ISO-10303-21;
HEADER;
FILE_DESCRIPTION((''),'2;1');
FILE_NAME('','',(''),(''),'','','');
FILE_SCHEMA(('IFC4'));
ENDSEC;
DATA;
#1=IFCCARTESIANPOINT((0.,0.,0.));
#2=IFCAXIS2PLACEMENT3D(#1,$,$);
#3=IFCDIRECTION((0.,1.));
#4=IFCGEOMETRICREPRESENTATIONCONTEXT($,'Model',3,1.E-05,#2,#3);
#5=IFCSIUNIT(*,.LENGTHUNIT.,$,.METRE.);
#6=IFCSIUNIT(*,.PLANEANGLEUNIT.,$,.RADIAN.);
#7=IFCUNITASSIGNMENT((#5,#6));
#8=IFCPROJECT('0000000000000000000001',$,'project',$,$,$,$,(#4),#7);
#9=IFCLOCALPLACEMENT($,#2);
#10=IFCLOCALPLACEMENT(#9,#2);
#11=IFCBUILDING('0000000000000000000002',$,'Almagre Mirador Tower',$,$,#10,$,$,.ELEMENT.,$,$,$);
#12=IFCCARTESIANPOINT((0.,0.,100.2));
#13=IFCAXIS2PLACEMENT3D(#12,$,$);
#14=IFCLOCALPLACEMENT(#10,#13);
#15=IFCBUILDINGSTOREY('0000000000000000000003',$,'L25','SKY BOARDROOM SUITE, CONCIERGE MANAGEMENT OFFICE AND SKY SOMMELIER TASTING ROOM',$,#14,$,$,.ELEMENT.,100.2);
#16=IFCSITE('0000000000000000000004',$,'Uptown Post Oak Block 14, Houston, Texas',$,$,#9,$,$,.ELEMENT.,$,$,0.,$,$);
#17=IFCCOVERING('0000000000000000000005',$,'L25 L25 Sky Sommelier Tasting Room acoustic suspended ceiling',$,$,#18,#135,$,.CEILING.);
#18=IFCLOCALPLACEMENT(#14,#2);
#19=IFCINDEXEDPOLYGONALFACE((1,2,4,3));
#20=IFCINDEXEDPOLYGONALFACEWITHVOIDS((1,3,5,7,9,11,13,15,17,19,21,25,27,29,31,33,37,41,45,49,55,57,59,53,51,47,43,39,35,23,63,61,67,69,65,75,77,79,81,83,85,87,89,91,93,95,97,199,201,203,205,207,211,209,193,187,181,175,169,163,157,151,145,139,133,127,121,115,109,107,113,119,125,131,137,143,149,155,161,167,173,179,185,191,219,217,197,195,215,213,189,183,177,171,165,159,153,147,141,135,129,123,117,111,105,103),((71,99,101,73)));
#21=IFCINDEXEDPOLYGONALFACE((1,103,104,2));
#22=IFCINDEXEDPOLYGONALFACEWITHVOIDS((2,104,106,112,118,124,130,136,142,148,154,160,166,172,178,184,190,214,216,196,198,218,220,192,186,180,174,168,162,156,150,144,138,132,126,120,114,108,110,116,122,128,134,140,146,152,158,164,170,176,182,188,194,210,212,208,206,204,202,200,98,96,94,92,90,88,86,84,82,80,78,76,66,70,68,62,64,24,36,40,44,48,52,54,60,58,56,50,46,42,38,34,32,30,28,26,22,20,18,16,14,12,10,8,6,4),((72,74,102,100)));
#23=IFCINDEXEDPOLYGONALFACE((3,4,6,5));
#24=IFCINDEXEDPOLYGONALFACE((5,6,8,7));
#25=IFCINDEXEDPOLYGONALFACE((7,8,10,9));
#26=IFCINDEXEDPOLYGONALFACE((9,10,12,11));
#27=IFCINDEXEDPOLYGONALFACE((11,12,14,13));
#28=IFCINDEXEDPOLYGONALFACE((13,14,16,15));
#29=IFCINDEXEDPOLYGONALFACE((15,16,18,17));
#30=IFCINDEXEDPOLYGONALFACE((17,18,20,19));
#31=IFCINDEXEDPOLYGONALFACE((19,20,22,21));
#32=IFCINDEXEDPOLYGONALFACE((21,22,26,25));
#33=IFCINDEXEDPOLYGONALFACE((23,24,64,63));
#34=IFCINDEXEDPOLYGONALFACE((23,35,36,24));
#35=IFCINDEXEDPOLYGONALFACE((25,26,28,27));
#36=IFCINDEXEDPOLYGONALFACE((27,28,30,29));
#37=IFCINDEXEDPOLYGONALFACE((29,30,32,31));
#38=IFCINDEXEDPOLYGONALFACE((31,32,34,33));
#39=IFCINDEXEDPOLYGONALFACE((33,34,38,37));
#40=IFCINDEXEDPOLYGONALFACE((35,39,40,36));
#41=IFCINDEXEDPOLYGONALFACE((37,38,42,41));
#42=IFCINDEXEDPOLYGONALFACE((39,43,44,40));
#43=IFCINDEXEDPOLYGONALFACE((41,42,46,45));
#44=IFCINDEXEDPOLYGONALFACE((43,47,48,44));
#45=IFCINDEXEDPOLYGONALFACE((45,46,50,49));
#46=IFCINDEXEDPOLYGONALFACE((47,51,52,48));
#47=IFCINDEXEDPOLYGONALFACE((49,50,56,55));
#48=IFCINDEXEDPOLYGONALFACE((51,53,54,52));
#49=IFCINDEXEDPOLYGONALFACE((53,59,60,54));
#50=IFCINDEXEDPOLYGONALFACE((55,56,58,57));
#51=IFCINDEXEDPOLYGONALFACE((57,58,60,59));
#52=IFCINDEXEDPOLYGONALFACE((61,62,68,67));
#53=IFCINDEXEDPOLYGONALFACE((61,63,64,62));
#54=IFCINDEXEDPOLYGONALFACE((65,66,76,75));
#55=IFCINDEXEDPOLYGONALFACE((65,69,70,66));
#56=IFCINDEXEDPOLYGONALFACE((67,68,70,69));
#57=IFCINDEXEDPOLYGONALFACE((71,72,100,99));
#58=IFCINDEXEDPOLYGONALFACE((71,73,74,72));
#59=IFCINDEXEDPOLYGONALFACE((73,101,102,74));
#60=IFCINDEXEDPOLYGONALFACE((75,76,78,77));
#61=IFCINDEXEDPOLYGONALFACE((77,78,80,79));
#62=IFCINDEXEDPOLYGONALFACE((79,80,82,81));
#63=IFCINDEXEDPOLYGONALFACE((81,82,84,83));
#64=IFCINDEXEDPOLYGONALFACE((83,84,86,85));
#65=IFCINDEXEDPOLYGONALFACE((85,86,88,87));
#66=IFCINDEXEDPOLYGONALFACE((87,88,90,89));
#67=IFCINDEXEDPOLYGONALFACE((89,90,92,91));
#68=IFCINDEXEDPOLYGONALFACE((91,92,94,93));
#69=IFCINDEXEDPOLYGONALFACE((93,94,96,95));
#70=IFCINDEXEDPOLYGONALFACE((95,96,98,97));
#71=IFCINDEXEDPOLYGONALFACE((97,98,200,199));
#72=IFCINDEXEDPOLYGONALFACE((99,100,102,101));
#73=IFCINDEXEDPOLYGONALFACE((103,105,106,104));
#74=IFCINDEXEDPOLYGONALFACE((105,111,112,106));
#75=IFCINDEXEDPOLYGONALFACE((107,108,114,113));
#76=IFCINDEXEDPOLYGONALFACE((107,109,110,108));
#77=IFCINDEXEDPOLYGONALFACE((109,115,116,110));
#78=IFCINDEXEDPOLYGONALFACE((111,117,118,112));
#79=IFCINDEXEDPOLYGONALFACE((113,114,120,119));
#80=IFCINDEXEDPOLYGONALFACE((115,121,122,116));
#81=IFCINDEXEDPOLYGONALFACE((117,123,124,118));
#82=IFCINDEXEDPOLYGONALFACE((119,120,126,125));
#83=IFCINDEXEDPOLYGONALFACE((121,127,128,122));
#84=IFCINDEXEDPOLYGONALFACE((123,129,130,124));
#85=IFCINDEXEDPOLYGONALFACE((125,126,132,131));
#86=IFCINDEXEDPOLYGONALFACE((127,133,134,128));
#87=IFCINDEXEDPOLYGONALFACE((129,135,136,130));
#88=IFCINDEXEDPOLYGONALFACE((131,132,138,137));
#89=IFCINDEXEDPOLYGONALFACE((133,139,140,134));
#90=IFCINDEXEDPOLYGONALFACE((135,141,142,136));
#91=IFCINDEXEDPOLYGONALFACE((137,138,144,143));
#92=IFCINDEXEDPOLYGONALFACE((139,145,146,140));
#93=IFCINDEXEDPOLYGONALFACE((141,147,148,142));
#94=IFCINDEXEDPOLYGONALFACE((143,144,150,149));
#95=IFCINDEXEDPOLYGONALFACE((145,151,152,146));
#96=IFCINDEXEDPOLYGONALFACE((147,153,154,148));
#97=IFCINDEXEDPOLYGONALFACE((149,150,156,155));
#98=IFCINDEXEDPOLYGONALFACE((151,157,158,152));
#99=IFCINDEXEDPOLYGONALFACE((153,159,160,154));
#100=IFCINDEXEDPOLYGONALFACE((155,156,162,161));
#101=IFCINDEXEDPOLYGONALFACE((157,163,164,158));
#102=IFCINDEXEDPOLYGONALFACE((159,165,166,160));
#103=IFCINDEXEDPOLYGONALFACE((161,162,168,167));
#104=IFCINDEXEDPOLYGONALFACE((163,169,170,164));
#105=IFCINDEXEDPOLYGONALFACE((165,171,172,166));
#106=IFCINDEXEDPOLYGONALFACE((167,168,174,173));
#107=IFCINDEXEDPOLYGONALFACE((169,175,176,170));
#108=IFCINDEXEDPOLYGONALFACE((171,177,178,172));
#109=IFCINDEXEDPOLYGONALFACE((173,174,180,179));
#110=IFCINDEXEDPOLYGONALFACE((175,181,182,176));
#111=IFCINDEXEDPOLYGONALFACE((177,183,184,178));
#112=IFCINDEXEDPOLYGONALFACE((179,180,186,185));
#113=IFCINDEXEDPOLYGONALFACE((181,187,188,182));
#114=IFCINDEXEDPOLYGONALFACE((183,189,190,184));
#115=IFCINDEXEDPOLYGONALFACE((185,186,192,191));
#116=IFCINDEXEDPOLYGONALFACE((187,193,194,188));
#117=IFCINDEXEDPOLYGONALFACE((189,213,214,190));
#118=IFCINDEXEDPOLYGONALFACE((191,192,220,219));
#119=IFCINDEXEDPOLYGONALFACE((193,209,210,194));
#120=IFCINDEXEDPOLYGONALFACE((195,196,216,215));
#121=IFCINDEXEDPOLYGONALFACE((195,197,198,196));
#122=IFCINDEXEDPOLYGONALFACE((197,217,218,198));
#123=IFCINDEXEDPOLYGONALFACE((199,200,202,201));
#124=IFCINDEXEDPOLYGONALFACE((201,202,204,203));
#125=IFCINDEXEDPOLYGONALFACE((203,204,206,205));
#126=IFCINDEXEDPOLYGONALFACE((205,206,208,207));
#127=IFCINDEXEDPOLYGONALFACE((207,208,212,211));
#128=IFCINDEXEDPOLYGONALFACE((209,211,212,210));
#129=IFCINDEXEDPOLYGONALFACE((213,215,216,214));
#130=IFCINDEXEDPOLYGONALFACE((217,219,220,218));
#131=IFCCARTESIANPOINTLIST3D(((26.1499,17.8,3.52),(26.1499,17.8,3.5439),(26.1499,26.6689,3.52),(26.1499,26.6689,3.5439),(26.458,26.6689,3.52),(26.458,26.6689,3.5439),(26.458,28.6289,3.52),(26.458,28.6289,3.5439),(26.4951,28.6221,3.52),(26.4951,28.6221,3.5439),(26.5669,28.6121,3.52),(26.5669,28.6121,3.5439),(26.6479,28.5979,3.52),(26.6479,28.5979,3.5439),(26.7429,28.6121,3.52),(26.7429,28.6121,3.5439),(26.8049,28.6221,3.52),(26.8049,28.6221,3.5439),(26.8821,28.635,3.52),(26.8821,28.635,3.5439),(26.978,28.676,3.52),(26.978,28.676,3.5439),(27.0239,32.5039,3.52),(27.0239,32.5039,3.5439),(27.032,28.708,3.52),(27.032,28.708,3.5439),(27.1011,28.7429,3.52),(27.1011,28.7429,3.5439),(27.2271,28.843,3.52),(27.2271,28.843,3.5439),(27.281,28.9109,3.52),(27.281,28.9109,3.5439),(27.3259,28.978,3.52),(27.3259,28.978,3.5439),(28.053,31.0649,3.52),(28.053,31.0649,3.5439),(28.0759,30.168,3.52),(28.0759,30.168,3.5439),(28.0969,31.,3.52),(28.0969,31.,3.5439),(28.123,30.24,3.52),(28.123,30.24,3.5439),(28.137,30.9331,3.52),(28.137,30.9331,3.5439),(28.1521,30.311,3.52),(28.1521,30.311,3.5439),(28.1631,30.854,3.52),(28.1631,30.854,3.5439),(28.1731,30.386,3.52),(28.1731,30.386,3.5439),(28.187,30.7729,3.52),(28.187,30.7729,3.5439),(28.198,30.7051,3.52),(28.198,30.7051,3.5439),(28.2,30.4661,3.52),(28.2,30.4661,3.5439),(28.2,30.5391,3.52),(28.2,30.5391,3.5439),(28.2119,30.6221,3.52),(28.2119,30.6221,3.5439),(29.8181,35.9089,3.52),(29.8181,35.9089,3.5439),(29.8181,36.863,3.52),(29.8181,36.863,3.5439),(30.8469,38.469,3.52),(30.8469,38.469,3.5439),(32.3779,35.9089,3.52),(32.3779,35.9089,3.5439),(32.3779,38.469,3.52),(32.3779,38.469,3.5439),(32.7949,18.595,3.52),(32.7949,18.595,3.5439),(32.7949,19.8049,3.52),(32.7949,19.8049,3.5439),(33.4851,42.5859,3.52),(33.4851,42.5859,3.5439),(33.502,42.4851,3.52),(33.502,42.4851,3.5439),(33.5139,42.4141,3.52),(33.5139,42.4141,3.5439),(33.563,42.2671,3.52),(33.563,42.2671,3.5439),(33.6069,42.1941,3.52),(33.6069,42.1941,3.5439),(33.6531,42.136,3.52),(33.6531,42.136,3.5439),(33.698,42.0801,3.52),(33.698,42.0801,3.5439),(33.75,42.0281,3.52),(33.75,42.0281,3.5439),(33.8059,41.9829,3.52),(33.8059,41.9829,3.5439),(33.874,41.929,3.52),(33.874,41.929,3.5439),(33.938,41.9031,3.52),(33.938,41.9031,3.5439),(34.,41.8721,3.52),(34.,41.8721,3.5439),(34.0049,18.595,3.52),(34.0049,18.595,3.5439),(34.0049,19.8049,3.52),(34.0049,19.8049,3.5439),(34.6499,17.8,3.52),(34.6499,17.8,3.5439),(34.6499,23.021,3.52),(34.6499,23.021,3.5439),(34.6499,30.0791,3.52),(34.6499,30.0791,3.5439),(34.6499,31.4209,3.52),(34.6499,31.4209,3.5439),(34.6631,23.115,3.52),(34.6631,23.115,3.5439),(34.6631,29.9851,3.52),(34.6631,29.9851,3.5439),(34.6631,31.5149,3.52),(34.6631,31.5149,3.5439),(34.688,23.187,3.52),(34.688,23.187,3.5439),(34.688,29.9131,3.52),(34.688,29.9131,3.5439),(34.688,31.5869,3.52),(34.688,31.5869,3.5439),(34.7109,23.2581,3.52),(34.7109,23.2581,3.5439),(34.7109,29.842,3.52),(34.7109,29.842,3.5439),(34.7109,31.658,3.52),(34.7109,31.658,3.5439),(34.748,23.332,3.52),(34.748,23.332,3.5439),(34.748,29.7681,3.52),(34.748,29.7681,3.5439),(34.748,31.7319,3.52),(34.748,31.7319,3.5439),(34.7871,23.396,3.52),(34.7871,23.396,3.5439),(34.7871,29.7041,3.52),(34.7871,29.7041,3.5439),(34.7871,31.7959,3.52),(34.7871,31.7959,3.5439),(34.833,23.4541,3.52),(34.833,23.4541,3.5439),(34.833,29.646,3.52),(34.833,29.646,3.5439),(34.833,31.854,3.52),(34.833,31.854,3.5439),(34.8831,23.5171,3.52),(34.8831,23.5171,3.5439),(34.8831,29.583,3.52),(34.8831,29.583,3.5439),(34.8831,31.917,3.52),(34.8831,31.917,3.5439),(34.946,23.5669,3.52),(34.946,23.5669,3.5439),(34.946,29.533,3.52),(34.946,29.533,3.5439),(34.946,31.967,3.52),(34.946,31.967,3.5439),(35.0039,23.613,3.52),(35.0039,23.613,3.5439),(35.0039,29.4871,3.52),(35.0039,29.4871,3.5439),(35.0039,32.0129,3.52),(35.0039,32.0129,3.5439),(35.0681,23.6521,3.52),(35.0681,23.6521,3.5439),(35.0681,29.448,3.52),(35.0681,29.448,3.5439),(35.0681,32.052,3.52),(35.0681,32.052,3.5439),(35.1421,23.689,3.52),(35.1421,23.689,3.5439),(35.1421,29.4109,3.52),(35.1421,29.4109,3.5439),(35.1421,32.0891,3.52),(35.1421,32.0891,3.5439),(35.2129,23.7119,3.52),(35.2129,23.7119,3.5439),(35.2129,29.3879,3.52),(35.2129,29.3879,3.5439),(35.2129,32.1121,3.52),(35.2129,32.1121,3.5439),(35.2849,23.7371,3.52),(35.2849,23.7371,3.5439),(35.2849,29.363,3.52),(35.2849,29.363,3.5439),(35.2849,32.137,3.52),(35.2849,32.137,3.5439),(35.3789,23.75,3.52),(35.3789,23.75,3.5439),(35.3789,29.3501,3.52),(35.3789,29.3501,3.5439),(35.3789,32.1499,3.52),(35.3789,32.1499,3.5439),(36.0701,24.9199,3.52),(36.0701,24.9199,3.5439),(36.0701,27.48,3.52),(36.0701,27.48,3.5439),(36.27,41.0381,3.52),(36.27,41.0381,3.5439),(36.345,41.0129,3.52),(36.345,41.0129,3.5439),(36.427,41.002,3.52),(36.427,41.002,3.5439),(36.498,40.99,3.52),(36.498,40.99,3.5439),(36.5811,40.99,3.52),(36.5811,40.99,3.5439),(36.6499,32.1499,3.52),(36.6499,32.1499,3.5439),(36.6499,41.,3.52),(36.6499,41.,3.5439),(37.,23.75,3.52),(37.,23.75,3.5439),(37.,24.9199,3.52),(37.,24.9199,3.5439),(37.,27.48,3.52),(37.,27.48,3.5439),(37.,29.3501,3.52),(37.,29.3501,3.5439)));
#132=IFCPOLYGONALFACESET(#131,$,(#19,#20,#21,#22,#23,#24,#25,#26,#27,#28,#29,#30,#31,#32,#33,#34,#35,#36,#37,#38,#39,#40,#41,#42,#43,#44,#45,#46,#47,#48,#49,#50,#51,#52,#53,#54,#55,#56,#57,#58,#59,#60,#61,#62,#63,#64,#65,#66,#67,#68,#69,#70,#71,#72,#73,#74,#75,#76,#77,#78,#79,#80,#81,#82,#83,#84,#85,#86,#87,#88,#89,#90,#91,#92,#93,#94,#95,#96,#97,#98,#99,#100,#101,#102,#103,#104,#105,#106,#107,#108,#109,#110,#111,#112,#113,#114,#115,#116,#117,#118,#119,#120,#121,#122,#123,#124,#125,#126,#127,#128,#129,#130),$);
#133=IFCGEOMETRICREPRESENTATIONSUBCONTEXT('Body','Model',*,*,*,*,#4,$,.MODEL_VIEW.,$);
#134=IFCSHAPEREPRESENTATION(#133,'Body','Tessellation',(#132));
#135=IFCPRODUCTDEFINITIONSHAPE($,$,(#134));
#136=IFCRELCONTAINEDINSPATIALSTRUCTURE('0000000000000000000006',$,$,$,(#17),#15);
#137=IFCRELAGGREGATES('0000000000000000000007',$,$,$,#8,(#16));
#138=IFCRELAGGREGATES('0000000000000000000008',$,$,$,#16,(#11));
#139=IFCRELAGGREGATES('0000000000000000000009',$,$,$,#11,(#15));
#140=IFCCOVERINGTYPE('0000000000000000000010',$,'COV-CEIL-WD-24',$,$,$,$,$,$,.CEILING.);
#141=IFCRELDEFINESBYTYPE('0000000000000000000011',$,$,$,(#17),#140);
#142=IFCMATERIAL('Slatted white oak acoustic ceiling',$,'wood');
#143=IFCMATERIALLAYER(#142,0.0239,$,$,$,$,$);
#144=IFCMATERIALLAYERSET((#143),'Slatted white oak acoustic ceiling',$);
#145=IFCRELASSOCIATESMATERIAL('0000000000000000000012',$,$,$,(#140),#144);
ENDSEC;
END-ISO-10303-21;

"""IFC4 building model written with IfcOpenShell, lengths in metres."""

from ifc_helpers import new_model, si_unit, direction, frame, origin, place, context, subcontext, project, spatial, polyline, outline, extrude, material, layer, layer_set, type_object, element, save


model = new_model("IFC4")

# Units and contexts
model_context = context("Model", 3, precision=1e-05, world=origin(), true_north=direction((0.0, 1.0)))
body_context = subcontext(model_context, "Body", "Model", "MODEL_VIEW")
ifc_project = project(units=[si_unit("LENGTHUNIT", "METRE"), si_unit("PLANEANGLEUNIT", "RADIAN")], contexts=[model_context])

# Site, building, storey
site_placement = place(None, origin())
site = spatial("IfcSite", under=ifc_project, at=site_placement, Name="Uptown Post Oak Block 14, Houston, Texas", CompositionType="ELEMENT", RefElevation=0.0)
building_placement = place(site_placement, origin())
building = spatial("IfcBuilding", under=site, at=building_placement, Name="Almagre Mirador Tower", CompositionType="ELEMENT")
storey_placement = place(building_placement, frame((0.0, 0.0, 100.2)))
storey = spatial("IfcBuildingStorey", under=building, at=storey_placement, Name="L25", Description="SKY BOARDROOM SUITE, CONCIERGE MANAGEMENT OFFICE AND SKY SOMMELIER TASTING ROOM", CompositionType="ELEMENT", Elevation=100.2)

# Covering
ifc_material_1 = material(Name="Slatted white oak acoustic ceiling", Category="wood")
ifc_layer_1 = layer(ifc_material_1, 0.0239)
ifc_layer_set_1 = layer_set([ifc_layer_1], Name="Slatted white oak acoustic ceiling")
covering_type_1 = type_object("IfcCoveringType", Name="COV-CEIL-WD-24", PredefinedType="CEILING", material=ifc_layer_set_1)
covering_1_placement = place(storey_placement, frame((0.0, 0.0, 3.52)))
element("IfcCovering", 1, at=covering_1_placement, inside=storey, type_object=covering_type_1, Name="L25 L25 Sky Sommelier Tasting Room acoustic suspended ceiling", PredefinedType="CEILING", context=body_context, shape_type="SweptSolid", body=[
    extrude(outline(polyline([(26.5669, 28.6121), (26.6479, 28.5979), (26.7429, 28.6121), (26.8049, 28.6221), (26.8821, 28.635), (26.978, 28.676), (27.032, 28.708), (27.1011, 28.7429), (27.2271, 28.843), (27.281, 28.9109), (27.3259, 28.978), (28.0759, 30.168), (28.123, 30.24), (28.1521, 30.311), (28.1731, 30.386), (28.2, 30.4661), (28.2, 30.5391), (28.2119, 30.6221), (28.198, 30.7051), (28.187, 30.7729), (28.1631, 30.854), (28.137, 30.9331), (28.0969, 31.0), (28.053, 31.0649), (27.0239, 32.5039), (29.8181, 36.863), (29.8181, 35.9089), (32.3779, 35.9089), (32.3779, 38.469), (30.8469, 38.469), (33.4851, 42.5859), (33.502, 42.4851), (33.5139, 42.4141), (33.563, 42.2671), (33.6069, 42.1941), (33.6531, 42.136), (33.698, 42.0801), (33.75, 42.0281), (33.8059, 41.9829), (33.874, 41.929), (33.938, 41.9031), (34.0, 41.8721), (36.27, 41.0381), (36.345, 41.0129), (36.427, 41.002), (36.498, 40.99), (36.5811, 40.99), (36.6499, 41.0), (36.6499, 32.1499), (35.3789, 32.1499), (35.2849, 32.137), (35.2129, 32.1121), (35.1421, 32.0891), (35.0681, 32.052), (35.0039, 32.0129), (34.946, 31.967), (34.8831, 31.917), (34.833, 31.854), (34.7871, 31.7959), (34.748, 31.7319), (34.7109, 31.658), (34.688, 31.5869), (34.6631, 31.5149), (34.6499, 31.4209), (34.6499, 30.0791), (34.6631, 29.9851), (34.688, 29.9131), (34.7109, 29.842), (34.748, 29.7681), (34.7871, 29.7041), (34.833, 29.646), (34.8831, 29.583), (34.946, 29.533), (35.0039, 29.4871), (35.0681, 29.448), (35.1421, 29.4109), (35.2129, 29.3879), (35.2849, 29.363), (35.3789, 29.3501), (37.0, 29.3501), (37.0, 27.48), (36.0701, 27.48), (36.0701, 24.9199), (37.0, 24.9199), (37.0, 23.75), (35.3789, 23.75), (35.2849, 23.7371), (35.2129, 23.7119), (35.1421, 23.689), (35.0681, 23.6521), (35.0039, 23.613), (34.946, 23.5669), (34.8831, 23.5171), (34.833, 23.4541), (34.7871, 23.396), (34.748, 23.332), (34.7109, 23.2581), (34.688, 23.187), (34.6631, 23.115), (34.6499, 23.021), (34.6499, 17.8), (26.1499, 17.8), (26.1499, 26.6689), (26.458, 26.6689), (26.458, 28.6289), (26.4951, 28.6221), (26.5669, 28.6121)]), holes=[polyline([(34.0049, 18.595), (32.7949, 18.595), (32.7949, 19.8049), (34.0049, 19.8049), (34.0049, 18.595)])]), origin(), (0.0, 0.0, 1.0), 0.0239),
])

save(model, "model.ifc")
